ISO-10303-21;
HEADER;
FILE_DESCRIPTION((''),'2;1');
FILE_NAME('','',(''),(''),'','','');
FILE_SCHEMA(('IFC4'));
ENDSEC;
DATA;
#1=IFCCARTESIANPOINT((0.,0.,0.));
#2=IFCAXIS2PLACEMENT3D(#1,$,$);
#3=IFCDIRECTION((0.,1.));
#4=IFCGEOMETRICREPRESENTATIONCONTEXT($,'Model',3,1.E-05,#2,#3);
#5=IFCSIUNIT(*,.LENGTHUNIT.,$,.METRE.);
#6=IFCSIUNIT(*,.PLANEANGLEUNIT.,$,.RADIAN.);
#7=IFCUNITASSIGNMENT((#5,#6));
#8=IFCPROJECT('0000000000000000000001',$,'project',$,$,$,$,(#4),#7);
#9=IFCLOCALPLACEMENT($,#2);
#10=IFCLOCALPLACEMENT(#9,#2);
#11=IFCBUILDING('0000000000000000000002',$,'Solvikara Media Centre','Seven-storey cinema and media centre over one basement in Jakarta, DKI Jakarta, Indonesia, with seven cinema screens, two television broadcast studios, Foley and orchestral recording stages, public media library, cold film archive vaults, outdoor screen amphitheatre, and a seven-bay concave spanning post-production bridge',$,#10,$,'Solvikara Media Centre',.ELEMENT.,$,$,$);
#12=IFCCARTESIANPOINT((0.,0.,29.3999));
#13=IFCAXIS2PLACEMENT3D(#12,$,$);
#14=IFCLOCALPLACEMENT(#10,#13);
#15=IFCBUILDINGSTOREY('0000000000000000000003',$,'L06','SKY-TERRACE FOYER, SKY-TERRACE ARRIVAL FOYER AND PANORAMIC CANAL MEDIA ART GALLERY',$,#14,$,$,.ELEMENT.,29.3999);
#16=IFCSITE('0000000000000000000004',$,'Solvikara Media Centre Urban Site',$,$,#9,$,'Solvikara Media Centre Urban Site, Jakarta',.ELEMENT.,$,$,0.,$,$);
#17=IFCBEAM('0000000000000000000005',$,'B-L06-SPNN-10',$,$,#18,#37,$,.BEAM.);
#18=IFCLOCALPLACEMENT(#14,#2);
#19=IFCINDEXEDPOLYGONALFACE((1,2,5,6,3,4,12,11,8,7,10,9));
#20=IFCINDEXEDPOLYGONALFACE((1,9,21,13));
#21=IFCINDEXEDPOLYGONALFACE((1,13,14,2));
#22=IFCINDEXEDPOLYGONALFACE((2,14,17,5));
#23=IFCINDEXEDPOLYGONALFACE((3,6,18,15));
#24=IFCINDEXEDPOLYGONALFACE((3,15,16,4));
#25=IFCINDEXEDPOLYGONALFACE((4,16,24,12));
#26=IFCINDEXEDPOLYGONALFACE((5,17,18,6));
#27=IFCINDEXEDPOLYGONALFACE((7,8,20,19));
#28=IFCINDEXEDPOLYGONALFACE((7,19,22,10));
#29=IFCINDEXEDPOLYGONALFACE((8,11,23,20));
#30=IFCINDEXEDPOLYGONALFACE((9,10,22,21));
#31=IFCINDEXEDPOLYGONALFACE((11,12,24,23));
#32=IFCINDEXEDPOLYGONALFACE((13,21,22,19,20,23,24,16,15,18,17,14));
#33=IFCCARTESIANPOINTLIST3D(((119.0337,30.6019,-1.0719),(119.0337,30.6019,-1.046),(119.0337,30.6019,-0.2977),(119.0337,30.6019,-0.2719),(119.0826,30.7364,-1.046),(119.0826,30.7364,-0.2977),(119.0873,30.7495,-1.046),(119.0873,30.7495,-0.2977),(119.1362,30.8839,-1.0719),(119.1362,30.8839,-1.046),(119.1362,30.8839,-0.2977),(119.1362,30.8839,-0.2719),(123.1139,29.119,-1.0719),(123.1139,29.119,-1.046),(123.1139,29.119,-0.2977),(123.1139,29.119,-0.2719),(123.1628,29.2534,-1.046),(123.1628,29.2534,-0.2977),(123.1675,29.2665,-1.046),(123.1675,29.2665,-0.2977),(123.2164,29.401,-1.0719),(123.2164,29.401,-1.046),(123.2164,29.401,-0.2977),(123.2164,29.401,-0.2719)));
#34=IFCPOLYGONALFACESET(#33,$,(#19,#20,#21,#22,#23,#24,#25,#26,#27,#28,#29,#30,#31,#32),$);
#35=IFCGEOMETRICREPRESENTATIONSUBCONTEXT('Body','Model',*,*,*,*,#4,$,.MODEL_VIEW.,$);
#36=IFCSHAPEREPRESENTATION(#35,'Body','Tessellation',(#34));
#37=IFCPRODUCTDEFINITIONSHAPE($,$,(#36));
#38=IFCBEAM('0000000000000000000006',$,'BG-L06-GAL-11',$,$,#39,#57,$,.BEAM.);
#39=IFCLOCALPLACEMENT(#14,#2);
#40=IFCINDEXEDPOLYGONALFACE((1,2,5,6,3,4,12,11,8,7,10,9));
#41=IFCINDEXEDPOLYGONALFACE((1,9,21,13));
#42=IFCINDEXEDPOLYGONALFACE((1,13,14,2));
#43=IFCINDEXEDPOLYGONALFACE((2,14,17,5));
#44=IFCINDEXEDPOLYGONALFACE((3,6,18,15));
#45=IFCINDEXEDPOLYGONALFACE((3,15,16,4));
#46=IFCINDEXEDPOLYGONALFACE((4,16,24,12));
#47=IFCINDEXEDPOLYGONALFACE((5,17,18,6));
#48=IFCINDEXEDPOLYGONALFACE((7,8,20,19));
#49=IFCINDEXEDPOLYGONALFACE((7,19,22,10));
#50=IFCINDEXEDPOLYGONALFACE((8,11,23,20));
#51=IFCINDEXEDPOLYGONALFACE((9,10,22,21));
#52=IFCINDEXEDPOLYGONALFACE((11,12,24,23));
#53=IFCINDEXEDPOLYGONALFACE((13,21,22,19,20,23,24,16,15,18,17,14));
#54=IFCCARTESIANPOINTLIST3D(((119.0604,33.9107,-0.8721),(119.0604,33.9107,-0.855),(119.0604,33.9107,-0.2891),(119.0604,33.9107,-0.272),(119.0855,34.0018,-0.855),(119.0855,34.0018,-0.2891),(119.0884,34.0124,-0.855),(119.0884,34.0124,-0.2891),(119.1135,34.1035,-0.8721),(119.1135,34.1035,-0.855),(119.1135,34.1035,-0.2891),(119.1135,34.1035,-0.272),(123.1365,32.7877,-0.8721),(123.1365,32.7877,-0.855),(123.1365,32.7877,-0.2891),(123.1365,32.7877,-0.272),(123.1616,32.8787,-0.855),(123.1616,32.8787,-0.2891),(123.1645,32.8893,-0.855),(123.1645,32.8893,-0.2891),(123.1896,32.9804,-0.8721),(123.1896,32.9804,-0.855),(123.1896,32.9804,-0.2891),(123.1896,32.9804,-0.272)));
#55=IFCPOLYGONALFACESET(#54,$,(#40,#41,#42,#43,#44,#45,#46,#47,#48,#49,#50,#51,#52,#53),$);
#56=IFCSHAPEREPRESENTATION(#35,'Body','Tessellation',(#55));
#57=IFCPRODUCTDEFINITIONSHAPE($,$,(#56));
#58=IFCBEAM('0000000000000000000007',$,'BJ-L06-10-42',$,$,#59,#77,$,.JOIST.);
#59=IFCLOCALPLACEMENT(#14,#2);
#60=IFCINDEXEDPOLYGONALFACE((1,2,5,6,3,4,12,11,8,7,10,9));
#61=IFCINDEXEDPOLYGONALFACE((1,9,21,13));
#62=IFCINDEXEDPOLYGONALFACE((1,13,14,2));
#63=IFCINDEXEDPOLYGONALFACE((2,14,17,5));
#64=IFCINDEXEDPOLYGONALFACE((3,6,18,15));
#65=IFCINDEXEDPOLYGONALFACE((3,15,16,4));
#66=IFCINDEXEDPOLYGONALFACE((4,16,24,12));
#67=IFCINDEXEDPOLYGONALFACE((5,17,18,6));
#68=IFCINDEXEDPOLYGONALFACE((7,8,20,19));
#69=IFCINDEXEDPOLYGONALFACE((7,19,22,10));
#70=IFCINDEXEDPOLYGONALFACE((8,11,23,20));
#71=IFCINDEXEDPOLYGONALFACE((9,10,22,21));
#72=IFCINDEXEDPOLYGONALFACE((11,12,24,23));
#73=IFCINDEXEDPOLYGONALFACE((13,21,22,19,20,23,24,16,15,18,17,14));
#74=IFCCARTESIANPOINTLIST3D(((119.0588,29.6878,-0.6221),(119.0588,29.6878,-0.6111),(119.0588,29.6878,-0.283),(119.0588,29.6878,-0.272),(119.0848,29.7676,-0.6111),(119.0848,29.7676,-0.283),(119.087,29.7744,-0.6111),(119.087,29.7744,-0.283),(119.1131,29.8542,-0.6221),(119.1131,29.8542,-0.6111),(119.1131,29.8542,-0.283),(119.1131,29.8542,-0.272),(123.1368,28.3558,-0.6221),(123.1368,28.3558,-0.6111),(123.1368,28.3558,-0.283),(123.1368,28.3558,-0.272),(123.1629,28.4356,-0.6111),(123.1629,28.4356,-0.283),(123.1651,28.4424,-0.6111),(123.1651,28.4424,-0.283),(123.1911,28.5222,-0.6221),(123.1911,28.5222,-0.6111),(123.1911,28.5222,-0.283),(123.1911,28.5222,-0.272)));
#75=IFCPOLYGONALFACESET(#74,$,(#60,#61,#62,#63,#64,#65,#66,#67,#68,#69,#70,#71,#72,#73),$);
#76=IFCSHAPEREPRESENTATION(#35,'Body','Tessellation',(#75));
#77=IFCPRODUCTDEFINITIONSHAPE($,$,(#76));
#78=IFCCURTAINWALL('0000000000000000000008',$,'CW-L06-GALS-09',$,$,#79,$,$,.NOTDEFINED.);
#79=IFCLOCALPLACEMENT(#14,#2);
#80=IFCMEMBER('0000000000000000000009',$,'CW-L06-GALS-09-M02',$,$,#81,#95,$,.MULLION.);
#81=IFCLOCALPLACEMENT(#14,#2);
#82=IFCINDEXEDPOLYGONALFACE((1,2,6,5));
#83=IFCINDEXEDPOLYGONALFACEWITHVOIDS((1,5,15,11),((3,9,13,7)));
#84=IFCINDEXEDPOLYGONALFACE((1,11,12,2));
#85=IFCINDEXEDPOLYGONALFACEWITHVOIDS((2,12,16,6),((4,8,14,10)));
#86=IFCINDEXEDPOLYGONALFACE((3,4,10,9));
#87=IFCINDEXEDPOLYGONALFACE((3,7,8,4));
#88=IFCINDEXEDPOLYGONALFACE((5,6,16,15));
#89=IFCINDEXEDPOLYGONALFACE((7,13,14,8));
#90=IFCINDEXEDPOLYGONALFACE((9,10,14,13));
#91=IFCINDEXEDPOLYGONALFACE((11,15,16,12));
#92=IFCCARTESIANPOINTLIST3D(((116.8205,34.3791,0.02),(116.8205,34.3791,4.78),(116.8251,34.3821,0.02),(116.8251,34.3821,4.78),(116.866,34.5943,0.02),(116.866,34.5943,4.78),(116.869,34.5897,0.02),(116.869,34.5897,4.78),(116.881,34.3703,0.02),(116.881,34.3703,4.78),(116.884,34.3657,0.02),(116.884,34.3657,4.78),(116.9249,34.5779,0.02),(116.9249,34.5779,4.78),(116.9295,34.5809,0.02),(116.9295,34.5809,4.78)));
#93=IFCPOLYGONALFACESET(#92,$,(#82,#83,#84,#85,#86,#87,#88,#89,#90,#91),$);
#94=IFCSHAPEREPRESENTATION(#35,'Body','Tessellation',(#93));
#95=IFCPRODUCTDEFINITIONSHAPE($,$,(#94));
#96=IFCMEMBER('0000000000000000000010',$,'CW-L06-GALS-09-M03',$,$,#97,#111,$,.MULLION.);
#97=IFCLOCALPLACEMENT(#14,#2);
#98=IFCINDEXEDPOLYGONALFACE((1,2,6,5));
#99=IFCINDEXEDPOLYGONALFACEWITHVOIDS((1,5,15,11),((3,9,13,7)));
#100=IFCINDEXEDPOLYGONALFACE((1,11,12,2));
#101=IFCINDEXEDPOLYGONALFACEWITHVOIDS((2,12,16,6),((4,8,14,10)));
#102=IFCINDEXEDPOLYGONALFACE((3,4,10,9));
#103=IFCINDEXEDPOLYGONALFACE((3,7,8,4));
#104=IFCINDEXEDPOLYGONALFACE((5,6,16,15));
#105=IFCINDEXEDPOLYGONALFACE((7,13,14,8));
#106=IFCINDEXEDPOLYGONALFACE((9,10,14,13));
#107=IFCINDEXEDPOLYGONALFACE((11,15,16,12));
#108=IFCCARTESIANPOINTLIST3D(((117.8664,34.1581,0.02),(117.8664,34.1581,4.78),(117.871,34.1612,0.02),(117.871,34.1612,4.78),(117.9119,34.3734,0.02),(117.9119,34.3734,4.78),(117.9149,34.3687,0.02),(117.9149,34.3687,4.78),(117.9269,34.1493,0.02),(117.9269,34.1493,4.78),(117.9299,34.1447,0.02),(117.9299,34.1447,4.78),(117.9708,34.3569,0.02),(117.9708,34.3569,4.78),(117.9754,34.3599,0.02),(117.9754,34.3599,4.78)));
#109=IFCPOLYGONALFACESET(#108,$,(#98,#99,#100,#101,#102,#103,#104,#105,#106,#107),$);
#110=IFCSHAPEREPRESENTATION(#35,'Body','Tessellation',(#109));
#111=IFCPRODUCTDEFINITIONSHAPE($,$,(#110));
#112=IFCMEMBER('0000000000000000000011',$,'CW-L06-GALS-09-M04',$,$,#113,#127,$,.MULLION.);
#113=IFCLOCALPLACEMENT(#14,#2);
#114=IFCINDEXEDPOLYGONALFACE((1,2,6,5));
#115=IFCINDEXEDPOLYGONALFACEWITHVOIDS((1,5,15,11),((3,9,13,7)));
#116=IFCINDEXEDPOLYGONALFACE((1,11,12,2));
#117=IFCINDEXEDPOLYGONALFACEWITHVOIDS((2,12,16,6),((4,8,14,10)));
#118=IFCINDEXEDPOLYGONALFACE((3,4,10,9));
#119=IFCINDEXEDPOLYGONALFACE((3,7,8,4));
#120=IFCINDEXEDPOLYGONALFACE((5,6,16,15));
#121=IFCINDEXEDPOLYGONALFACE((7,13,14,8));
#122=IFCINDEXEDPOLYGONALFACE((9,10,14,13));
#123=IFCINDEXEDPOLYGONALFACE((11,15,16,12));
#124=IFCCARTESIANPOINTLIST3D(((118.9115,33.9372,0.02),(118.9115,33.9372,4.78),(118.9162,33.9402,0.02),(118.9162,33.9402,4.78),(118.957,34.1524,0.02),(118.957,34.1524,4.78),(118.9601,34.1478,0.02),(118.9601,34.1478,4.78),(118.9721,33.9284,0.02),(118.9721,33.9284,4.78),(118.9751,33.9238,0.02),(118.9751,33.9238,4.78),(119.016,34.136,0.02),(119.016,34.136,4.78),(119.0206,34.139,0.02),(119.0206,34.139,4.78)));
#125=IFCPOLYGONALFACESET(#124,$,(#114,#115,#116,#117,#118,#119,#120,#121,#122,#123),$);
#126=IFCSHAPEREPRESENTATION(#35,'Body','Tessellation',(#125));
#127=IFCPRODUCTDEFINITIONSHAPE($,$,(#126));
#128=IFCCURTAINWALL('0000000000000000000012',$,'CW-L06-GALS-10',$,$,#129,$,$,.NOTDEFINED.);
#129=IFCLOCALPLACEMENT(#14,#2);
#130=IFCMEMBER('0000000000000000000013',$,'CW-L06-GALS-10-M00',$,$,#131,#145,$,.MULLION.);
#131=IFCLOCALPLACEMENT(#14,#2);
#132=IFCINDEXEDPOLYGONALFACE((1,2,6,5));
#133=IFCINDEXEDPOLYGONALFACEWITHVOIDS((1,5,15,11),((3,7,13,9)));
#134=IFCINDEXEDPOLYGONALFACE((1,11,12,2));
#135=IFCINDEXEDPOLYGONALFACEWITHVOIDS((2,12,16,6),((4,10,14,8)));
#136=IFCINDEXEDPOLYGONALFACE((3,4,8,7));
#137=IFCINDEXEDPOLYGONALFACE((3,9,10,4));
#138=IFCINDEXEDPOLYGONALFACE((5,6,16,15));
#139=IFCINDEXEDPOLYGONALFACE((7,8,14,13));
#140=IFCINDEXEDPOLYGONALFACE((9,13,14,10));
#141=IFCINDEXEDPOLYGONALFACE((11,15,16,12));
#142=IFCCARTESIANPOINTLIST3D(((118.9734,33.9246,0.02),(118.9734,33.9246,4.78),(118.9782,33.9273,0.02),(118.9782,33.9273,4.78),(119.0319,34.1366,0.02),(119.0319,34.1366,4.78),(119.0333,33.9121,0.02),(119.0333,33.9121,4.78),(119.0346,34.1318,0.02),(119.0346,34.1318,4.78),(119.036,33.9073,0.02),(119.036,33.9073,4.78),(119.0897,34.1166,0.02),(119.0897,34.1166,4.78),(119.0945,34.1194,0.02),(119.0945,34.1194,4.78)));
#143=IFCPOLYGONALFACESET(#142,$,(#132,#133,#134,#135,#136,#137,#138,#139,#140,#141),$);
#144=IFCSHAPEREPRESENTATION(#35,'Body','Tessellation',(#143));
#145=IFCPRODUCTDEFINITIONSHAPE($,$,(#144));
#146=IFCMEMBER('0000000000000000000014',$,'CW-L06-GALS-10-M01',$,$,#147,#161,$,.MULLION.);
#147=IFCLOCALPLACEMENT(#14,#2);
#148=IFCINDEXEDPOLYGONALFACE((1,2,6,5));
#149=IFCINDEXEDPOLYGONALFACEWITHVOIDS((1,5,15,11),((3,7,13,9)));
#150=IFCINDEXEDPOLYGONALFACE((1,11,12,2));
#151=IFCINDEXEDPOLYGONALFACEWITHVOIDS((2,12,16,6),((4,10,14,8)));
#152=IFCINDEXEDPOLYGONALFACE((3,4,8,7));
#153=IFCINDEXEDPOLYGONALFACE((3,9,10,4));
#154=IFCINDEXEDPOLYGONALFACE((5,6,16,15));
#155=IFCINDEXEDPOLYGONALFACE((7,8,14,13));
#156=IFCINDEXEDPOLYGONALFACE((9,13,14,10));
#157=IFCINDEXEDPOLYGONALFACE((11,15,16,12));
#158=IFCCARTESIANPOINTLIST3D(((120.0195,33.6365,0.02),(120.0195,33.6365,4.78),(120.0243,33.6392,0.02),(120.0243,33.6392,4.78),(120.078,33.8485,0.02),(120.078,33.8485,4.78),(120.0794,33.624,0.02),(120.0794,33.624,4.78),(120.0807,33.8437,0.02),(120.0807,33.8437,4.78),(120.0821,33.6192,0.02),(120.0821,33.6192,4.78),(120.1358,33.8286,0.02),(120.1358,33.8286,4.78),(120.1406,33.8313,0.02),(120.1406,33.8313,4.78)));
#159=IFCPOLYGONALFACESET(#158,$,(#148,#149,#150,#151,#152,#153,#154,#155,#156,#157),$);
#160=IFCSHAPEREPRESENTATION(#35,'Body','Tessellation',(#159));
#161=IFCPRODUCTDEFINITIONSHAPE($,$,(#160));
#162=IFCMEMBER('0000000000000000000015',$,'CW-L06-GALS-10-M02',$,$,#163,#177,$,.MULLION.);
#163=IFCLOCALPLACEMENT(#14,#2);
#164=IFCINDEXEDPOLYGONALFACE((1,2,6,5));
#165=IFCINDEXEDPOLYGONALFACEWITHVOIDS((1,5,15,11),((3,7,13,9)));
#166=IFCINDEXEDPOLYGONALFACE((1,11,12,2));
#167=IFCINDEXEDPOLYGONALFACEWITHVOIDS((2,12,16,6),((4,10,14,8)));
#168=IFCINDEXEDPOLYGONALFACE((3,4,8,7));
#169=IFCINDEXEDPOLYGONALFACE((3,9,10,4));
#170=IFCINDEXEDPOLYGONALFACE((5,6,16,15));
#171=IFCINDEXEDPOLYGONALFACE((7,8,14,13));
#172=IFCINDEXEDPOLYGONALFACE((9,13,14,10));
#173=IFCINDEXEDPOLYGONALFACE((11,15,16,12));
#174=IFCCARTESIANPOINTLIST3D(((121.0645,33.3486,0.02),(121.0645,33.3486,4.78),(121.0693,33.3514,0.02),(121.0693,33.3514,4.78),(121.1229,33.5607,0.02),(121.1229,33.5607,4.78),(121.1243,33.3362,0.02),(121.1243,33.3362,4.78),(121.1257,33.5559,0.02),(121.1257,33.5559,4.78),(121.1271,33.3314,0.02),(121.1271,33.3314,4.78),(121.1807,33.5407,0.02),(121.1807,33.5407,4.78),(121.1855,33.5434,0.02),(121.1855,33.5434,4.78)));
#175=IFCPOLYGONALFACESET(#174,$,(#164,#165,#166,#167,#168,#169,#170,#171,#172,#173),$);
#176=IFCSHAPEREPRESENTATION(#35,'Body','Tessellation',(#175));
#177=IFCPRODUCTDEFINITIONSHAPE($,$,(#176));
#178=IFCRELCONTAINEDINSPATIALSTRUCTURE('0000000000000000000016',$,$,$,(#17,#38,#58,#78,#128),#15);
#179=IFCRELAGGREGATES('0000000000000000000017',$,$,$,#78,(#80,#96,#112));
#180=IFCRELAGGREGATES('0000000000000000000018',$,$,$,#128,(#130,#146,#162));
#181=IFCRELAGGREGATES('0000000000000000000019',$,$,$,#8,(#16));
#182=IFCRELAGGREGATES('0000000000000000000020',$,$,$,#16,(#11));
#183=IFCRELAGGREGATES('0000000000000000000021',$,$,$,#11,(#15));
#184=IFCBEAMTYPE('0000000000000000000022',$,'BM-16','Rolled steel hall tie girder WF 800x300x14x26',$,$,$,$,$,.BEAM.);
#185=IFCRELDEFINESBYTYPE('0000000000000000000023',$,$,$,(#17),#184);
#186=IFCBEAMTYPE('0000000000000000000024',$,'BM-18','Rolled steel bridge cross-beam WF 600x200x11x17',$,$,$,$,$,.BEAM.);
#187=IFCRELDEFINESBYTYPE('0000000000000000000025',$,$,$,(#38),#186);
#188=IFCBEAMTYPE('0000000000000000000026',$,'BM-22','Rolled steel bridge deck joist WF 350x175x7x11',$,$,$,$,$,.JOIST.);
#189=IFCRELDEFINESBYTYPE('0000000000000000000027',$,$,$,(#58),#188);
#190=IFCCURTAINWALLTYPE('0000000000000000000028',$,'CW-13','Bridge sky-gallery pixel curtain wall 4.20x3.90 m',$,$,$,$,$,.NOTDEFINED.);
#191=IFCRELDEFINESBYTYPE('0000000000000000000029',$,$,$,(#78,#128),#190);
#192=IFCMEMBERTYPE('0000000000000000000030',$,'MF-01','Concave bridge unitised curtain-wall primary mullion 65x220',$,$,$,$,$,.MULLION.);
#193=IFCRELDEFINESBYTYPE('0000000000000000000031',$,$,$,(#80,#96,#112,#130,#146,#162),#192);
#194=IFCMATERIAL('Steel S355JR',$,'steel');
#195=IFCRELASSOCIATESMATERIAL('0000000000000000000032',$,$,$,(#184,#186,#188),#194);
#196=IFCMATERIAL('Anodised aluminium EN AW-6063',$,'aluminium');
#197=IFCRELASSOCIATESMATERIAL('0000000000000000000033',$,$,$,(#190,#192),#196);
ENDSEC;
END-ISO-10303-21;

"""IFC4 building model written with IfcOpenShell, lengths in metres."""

from ifc_helpers import new_model, si_unit, direction, frame, origin, origin_2d, place, context, subcontext, project, spatial, hollow_rectangle, i_section, extrude, material, material_profile, profile_set, type_object, element, aggregate, save


model = new_model("IFC4")

# Units and contexts
model_context = context("Model", 3, precision=1e-05, world=origin(), true_north=direction((0.0, 1.0)))
body_context = subcontext(model_context, "Body", "Model", "MODEL_VIEW")
ifc_project = project(units=[si_unit("LENGTHUNIT", "METRE"), si_unit("PLANEANGLEUNIT", "RADIAN")], contexts=[model_context])

# Site, building, storey
site_placement = place(None, origin())
site = spatial("IfcSite", under=ifc_project, at=site_placement, Name="Solvikara Media Centre Urban Site", LongName="Solvikara Media Centre Urban Site, Jakarta", CompositionType="ELEMENT", RefElevation=0.0)
building_placement = place(site_placement, origin())
building = spatial("IfcBuilding", under=site, at=building_placement, Name="Solvikara Media Centre", Description="Seven-storey cinema and media centre over one basement in Jakarta, DKI Jakarta, Indonesia, with seven cinema screens, two television broadcast studios, Foley and orchestral recording stages, public media library, cold film archive vaults, outdoor screen amphitheatre, and a seven-bay concave spanning post-production bridge", LongName="Solvikara Media Centre", CompositionType="ELEMENT")
storey_placement = place(building_placement, frame((0.0, 0.0, 29.3999)))
storey = spatial("IfcBuildingStorey", under=building, at=storey_placement, Name="L06", Description="SKY-TERRACE FOYER, SKY-TERRACE ARRIVAL FOYER AND PANORAMIC CANAL MEDIA ART GALLERY", CompositionType="ELEMENT", Elevation=29.3999)

# Beams
ifc_material_1 = material(Name="Steel S355JR", Category="steel")
ifc_material_profile_1 = material_profile(ifc_material_1, i_section(OverallWidth=0.3, OverallDepth=0.8, WebThickness=0.0139, FlangeThickness=0.0259, at=origin_2d()), Name="WF 800x300x14x26")
ifc_profile_set_1 = profile_set([ifc_material_profile_1], Name="Steel S355JR")
beam_type_1 = type_object("IfcBeamType", Name="BM-16", Description="Rolled steel hall tie girder WF 800x300x14x26", PredefinedType="BEAM", material=ifc_profile_set_1)
beam_1_placement = place(storey_placement, frame((119.085, 30.7429, -0.6719), z_axis=(0.939849, -0.34159, 0.0), x_axis=(0.34159, 0.939849, 0.0)))
element("IfcBeam", 1, at=beam_1_placement, inside=storey, type_object=beam_type_1, Name="B-L06-SPNN-10", PredefinedType="BEAM", context=body_context, shape_type="SweptSolid", body=[
    extrude(i_section(OverallWidth=0.3, OverallDepth=0.8, WebThickness=0.0139, FlangeThickness=0.0259, at=origin_2d()), origin(), (0.0, 0.0, 1.0), 4.3413),
])
ifc_material_profile_2 = material_profile(ifc_material_1, i_section(OverallWidth=0.2, OverallDepth=0.6001, WebThickness=0.011, FlangeThickness=0.0171, at=origin_2d()), Name="WF 600x200x11x17")
ifc_profile_set_2 = profile_set([ifc_material_profile_2], Name="Steel S355JR")
beam_type_2 = type_object("IfcBeamType", Name="BM-18", Description="Rolled steel bridge cross-beam WF 600x200x11x17", PredefinedType="BEAM", material=ifc_profile_set_2)
beam_2_placement = place(storey_placement, frame((119.0869, 34.0071, -0.572), z_axis=(0.964078, -0.265618, 0.0), x_axis=(0.265618, 0.964078, 0.0)))
element("IfcBeam", 2, at=beam_2_placement, inside=storey, type_object=beam_type_2, Name="BG-L06-GAL-11", PredefinedType="BEAM", context=body_context, shape_type="SweptSolid", body=[
    extrude(i_section(OverallWidth=0.2, OverallDepth=0.6001, WebThickness=0.011, FlangeThickness=0.0171, at=origin_2d()), origin(), (0.0, 0.0, 1.0), 4.228),
])
ifc_material_profile_3 = material_profile(ifc_material_1, i_section(OverallWidth=0.175, OverallDepth=0.3501, WebThickness=0.0071, FlangeThickness=0.011, at=origin_2d()), Name="WF 350x175x7x11")
ifc_profile_set_3 = profile_set([ifc_material_profile_3], Name="Steel S355JR")
beam_type_3 = type_object("IfcBeamType", Name="BM-22", Description="Rolled steel bridge deck joist WF 350x175x7x11", PredefinedType="JOIST", material=ifc_profile_set_3)
beam_3_placement = place(storey_placement, frame((119.0859, 29.771, -0.447), z_axis=(0.950578, -0.310486, 0.0), x_axis=(0.310486, 0.950578, 0.0)))
element("IfcBeam", 3, at=beam_3_placement, inside=storey, type_object=beam_type_3, Name="BJ-L06-10-42", PredefinedType="JOIST", context=body_context, shape_type="SweptSolid", body=[
    extrude(i_section(OverallWidth=0.175, OverallDepth=0.3501, WebThickness=0.0071, FlangeThickness=0.011, at=origin_2d()), origin(), (0.0, 0.0, 1.0), 4.29),
])

# Curtain walls, members
ifc_material_2 = material(Name="Anodised aluminium EN AW-6063", Category="aluminium")
curtain_wall_type = type_object("IfcCurtainWallType", Name="CW-13", Description="Bridge sky-gallery pixel curtain wall 4.20x3.90 m", PredefinedType="NOTDEFINED", material=ifc_material_2)
curtain_wall_1_placement = place(storey_placement, origin())
curtain_wall_1 = element("IfcCurtainWall", 4, at=curtain_wall_1_placement, inside=storey, type_object=curtain_wall_type, Name="CW-L06-GALS-09", PredefinedType="NOTDEFINED")
ifc_material_profile_4 = material_profile(ifc_material_2, hollow_rectangle(XDim=0.0649, YDim=0.22, WallThickness=0.0039, at=origin_2d()), Name="ALU-M 65x220x4")
ifc_profile_set_4 = profile_set([ifc_material_profile_4], Name="Anodised aluminium EN AW-6063")
member_type_1 = type_object("IfcMemberType", Name="MF-01", Description="Concave bridge unitised curtain-wall primary mullion 65x220", PredefinedType="MULLION", material=ifc_profile_set_4)
member_1_placement = place(storey_placement, frame((116.875, 34.48, 0.02), z_axis=(0.0, 0.0, 1.0), x_axis=(0.978379, -0.206819, 0.0)))
member_1 = element("IfcMember", 5, at=member_1_placement, type_object=member_type_1, Name="CW-L06-GALS-09-M02", PredefinedType="MULLION", context=body_context, shape_type="SweptSolid", body=[
    extrude(hollow_rectangle(XDim=0.0649, YDim=0.22, WallThickness=0.0039, at=origin_2d()), origin(), (0.0, 0.0, 1.0), 4.76),
])
member_2_placement = place(storey_placement, frame((117.9209, 34.259, 0.02), z_axis=(0.0, 0.0, 1.0), x_axis=(0.978379, -0.206819, 0.0)))
member_2 = element("IfcMember", 6, at=member_2_placement, type_object=member_type_1, Name="CW-L06-GALS-09-M03", PredefinedType="MULLION", context=body_context, shape_type="SweptSolid", body=[
    extrude(hollow_rectangle(XDim=0.0649, YDim=0.22, WallThickness=0.0039, at=origin_2d()), origin(), (0.0, 0.0, 1.0), 4.76),
])
member_3_placement = place(storey_placement, frame((118.9661, 34.0381, 0.02), z_axis=(0.0, 0.0, 1.0), x_axis=(0.978379, -0.206819, 0.0)))
member_3 = element("IfcMember", 7, at=member_3_placement, type_object=member_type_1, Name="CW-L06-GALS-09-M04", PredefinedType="MULLION", context=body_context, shape_type="SweptSolid", body=[
    extrude(hollow_rectangle(XDim=0.0649, YDim=0.22, WallThickness=0.0039, at=origin_2d()), origin(), (0.0, 0.0, 1.0), 4.76),
])
curtain_wall_2_placement = place(storey_placement, origin())
curtain_wall_2 = element("IfcCurtainWall", 8, at=curtain_wall_2_placement, inside=storey, type_object=curtain_wall_type, Name="CW-L06-GALS-10", PredefinedType="NOTDEFINED")
member_4_placement = place(storey_placement, frame((119.0339, 34.022, 0.02), z_axis=(0.0, 0.0, 1.0), x_axis=(0.96403, -0.265792, 0.0)))
member_4 = element("IfcMember", 9, at=member_4_placement, type_object=member_type_1, Name="CW-L06-GALS-10-M00", PredefinedType="MULLION", context=body_context, shape_type="SweptSolid", body=[
    extrude(hollow_rectangle(XDim=0.0649, YDim=0.22, WallThickness=0.0039, at=origin_2d()), origin(), (0.0, 0.0, 1.0), 4.76),
])
member_5_placement = place(storey_placement, frame((120.0801, 33.7339, 0.02), z_axis=(0.0, 0.0, 1.0), x_axis=(0.96403, -0.265792, 0.0)))
member_5 = element("IfcMember", 10, at=member_5_placement, type_object=member_type_1, Name="CW-L06-GALS-10-M01", PredefinedType="MULLION", context=body_context, shape_type="SweptSolid", body=[
    extrude(hollow_rectangle(XDim=0.0649, YDim=0.22, WallThickness=0.0039, at=origin_2d()), origin(), (0.0, 0.0, 1.0), 4.76),
])
member_6_placement = place(storey_placement, frame((121.125, 33.446, 0.02), z_axis=(0.0, 0.0, 1.0), x_axis=(0.96403, -0.265792, 0.0)))
member_6 = element("IfcMember", 11, at=member_6_placement, type_object=member_type_1, Name="CW-L06-GALS-10-M02", PredefinedType="MULLION", context=body_context, shape_type="SweptSolid", body=[
    extrude(hollow_rectangle(XDim=0.0649, YDim=0.22, WallThickness=0.0039, at=origin_2d()), origin(), (0.0, 0.0, 1.0), 4.76),
])

aggregate(curtain_wall_1, [member_1, member_2, member_3])
aggregate(curtain_wall_2, [member_4, member_5, member_6])

save(model, "model.ifc")
